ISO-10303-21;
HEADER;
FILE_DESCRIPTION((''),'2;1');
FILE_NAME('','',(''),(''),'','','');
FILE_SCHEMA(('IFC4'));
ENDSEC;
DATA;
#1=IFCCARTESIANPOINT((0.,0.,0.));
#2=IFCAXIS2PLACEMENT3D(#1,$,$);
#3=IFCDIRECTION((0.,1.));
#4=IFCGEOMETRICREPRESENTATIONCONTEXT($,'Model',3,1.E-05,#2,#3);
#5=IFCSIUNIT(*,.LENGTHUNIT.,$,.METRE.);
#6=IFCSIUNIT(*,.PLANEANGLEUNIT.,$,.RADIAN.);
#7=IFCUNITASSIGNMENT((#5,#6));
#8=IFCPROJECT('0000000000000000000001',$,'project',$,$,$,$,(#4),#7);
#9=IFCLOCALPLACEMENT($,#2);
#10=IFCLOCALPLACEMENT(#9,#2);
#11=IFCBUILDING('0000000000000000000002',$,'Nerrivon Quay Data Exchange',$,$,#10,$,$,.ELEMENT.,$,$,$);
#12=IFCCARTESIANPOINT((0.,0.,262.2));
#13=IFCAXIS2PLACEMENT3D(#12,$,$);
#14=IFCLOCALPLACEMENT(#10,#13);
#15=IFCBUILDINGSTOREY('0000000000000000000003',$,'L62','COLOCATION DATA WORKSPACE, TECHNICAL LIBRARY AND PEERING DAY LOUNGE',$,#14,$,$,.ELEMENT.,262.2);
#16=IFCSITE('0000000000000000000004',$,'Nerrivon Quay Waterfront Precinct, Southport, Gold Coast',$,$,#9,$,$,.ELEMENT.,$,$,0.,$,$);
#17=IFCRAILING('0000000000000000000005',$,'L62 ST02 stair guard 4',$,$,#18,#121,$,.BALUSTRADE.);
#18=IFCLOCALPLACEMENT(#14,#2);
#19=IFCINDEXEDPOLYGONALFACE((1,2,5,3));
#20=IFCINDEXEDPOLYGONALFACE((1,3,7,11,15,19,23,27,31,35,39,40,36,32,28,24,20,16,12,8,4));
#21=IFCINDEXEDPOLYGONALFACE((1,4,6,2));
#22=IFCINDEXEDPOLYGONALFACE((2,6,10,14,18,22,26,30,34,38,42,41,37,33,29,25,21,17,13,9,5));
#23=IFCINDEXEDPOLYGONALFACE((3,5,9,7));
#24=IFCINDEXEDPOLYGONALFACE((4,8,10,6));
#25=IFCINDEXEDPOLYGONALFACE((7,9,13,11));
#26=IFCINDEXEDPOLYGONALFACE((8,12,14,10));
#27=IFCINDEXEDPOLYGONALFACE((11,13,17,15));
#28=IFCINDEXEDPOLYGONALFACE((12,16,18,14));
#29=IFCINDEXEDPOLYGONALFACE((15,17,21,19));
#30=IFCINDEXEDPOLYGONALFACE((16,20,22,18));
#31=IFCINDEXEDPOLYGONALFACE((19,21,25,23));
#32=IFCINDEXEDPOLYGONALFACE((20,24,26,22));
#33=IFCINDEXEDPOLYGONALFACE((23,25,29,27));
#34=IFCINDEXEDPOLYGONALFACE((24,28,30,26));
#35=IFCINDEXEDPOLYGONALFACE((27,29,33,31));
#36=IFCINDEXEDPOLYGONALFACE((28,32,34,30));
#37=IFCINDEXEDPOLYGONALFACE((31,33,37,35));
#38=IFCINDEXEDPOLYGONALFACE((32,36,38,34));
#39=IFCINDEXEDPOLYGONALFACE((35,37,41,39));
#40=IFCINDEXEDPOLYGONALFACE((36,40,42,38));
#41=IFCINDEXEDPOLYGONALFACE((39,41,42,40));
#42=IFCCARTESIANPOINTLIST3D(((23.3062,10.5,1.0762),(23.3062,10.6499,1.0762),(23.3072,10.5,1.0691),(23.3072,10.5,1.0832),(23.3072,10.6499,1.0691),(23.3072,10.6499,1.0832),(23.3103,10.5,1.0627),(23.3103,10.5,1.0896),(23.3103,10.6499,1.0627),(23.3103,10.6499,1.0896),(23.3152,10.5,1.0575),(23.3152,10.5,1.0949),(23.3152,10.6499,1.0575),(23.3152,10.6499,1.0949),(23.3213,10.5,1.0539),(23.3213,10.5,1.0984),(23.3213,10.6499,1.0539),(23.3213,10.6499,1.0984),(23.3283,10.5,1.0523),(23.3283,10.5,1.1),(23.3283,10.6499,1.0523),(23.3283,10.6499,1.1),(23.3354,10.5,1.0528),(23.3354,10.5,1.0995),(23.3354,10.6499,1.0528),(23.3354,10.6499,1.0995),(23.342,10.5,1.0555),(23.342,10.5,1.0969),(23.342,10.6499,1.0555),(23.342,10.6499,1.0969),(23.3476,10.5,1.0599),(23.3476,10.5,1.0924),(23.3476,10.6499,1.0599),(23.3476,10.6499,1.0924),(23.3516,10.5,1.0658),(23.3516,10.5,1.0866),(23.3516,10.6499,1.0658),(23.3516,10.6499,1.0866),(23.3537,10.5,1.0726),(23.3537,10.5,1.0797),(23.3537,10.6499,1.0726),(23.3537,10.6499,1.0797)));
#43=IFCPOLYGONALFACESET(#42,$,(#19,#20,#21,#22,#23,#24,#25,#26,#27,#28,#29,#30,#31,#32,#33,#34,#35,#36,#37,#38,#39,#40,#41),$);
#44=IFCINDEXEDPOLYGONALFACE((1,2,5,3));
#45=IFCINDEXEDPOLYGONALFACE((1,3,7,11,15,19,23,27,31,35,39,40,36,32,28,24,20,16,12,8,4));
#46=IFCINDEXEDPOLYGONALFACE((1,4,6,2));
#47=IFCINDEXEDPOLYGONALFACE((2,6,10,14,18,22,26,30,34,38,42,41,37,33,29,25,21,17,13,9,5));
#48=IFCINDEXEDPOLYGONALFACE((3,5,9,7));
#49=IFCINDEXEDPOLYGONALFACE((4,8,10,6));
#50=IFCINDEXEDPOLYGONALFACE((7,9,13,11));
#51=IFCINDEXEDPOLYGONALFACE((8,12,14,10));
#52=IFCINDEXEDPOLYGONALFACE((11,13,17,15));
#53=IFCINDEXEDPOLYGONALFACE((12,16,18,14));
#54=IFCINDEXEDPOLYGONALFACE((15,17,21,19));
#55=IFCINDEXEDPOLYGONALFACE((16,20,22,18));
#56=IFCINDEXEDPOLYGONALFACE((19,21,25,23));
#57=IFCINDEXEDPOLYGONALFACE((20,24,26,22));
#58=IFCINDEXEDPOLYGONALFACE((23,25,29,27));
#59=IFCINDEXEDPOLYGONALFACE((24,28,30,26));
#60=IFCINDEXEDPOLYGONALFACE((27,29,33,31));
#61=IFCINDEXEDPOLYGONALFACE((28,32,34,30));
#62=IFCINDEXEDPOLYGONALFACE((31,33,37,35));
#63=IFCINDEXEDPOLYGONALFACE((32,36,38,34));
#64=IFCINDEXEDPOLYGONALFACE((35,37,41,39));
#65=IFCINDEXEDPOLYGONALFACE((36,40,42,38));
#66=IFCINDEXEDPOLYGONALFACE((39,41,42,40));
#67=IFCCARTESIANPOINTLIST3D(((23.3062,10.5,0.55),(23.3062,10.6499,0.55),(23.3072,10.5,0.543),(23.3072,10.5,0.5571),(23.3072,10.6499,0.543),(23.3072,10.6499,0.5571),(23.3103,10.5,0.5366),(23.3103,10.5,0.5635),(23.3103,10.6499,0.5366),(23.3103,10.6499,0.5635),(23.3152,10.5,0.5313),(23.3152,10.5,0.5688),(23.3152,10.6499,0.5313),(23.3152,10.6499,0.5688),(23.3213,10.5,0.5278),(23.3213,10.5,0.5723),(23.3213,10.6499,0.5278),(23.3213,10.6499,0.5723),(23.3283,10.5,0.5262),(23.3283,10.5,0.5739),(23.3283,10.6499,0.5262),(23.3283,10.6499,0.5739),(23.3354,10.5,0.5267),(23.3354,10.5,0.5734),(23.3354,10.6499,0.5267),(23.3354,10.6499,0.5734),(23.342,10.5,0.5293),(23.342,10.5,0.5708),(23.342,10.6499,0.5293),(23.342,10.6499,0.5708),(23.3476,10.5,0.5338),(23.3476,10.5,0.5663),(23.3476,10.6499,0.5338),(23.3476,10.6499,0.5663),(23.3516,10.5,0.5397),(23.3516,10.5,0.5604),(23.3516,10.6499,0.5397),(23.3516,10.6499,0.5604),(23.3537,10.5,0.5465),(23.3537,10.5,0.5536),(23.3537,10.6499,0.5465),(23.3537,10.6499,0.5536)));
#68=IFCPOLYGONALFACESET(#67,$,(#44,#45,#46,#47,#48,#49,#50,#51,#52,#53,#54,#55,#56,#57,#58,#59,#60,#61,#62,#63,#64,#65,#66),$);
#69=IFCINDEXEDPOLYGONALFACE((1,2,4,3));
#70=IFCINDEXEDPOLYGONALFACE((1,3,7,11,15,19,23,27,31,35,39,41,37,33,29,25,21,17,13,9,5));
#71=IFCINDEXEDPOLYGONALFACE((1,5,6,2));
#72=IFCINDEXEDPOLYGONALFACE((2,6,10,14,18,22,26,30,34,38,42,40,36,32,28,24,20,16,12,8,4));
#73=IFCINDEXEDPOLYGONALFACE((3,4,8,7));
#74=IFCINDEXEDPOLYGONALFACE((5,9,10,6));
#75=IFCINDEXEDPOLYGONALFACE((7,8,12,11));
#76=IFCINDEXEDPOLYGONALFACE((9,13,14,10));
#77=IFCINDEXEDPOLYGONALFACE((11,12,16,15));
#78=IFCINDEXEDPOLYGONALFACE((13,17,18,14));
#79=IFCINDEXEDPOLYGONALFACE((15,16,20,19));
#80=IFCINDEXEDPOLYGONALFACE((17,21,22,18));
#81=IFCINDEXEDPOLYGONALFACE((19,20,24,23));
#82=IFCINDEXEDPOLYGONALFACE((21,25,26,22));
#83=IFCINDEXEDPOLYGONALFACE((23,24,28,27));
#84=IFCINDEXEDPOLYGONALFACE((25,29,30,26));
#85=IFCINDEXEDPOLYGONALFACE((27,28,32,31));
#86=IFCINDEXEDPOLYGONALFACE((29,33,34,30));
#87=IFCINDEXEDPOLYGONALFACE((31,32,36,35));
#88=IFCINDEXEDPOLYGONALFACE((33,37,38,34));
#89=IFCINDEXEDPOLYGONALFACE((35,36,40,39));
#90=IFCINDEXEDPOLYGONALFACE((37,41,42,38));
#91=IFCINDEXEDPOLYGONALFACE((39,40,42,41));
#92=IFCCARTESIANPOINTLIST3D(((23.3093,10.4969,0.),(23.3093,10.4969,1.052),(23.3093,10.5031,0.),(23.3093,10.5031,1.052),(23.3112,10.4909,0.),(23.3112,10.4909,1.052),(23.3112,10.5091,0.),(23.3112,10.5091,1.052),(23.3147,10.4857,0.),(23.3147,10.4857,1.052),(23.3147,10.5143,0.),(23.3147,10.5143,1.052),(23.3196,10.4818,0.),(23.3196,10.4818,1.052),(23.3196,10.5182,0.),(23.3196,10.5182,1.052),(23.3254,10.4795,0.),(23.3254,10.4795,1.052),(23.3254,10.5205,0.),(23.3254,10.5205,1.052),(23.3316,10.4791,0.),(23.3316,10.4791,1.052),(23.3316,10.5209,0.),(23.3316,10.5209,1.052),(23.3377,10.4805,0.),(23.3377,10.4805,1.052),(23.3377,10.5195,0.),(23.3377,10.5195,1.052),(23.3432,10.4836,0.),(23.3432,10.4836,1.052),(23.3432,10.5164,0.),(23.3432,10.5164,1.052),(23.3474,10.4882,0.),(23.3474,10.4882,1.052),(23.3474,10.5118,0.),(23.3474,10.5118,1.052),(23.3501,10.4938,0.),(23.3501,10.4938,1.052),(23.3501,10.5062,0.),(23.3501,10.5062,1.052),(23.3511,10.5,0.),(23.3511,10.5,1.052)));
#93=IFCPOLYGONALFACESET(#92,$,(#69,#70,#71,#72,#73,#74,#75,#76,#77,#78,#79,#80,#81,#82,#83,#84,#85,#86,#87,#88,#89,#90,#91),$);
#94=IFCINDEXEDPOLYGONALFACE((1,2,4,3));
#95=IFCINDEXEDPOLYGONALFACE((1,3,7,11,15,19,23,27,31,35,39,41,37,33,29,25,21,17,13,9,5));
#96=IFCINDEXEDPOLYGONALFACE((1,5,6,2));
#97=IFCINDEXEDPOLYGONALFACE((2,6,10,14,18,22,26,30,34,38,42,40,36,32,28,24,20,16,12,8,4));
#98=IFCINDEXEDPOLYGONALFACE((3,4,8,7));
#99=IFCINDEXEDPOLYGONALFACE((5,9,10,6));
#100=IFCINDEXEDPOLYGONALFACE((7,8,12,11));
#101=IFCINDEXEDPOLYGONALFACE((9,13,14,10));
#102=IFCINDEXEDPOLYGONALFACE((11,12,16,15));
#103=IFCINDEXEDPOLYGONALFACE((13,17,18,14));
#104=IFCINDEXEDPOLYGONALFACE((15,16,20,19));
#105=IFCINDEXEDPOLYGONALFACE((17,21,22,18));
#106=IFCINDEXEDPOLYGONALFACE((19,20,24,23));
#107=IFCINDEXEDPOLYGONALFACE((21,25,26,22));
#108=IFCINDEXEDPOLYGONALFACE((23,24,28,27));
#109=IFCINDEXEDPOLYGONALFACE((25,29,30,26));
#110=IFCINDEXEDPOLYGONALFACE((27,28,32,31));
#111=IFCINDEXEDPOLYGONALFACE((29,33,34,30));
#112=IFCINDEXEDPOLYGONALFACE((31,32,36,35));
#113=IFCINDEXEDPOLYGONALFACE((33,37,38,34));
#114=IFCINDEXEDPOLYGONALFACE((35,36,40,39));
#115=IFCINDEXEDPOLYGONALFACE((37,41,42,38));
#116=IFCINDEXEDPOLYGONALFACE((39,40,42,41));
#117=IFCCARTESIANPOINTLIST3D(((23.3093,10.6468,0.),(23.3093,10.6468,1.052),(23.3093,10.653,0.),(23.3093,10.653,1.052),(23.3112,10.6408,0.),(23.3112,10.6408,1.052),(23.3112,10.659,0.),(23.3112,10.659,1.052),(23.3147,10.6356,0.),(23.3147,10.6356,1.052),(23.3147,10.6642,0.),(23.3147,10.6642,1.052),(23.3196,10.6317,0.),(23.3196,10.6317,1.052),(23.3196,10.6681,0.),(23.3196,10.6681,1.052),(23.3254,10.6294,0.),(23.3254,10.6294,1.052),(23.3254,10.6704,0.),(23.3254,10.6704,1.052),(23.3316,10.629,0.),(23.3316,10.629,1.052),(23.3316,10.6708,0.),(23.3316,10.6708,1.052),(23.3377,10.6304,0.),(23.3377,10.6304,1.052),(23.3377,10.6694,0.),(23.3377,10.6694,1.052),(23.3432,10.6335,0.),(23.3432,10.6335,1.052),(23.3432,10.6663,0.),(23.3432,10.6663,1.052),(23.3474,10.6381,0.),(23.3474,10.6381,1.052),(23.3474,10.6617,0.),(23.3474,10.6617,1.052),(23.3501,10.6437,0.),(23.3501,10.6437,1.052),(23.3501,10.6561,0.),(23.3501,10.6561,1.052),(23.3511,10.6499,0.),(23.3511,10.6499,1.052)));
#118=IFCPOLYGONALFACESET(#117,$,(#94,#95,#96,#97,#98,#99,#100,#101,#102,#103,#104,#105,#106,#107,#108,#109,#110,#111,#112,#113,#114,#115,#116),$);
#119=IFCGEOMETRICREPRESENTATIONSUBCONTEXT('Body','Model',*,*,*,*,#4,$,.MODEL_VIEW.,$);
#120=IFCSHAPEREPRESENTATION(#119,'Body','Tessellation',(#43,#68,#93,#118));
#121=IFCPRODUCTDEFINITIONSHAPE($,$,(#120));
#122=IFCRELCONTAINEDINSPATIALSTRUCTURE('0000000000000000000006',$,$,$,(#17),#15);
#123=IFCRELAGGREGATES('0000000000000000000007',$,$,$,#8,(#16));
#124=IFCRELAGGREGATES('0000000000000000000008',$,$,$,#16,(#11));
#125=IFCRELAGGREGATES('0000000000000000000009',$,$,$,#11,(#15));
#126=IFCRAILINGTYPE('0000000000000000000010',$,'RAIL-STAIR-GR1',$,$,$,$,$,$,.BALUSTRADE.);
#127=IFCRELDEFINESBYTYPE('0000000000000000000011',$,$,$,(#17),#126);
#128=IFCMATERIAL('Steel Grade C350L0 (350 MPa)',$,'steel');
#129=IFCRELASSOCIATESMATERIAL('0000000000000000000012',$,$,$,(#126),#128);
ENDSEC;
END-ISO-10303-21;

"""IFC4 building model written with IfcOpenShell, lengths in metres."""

from ifc_helpers import new_model, si_unit, direction, frame, origin, origin_2d, place, context, subcontext, project, spatial, circle, extrude, material, type_object, element, save


model = new_model("IFC4")

# Units and contexts
model_context = context("Model", 3, precision=1e-05, world=origin(), true_north=direction((0.0, 1.0)))
body_context = subcontext(model_context, "Body", "Model", "MODEL_VIEW")
ifc_project = project(units=[si_unit("LENGTHUNIT", "METRE"), si_unit("PLANEANGLEUNIT", "RADIAN")], contexts=[model_context])

# Site, building, storey
site_placement = place(None, origin())
site = spatial("IfcSite", under=ifc_project, at=site_placement, Name="Nerrivon Quay Waterfront Precinct, Southport, Gold Coast", CompositionType="ELEMENT", RefElevation=0.0)
building_placement = place(site_placement, origin())
building = spatial("IfcBuilding", under=site, at=building_placement, Name="Nerrivon Quay Data Exchange", CompositionType="ELEMENT")
storey_placement = place(building_placement, frame((0.0, 0.0, 262.2)))
storey = spatial("IfcBuildingStorey", under=building, at=storey_placement, Name="L62", Description="COLOCATION DATA WORKSPACE, TECHNICAL LIBRARY AND PEERING DAY LOUNGE", CompositionType="ELEMENT", Elevation=262.2)

# Railing
ifc_material_1 = material(Name="Steel Grade C350L0 (350 MPa)", Category="steel")
railing_type_1 = type_object("IfcRailingType", Name="RAIL-STAIR-GR1", PredefinedType="BALUSTRADE", material=ifc_material_1)
railing_1_placement = place(storey_placement, frame((23.3301, 10.5, 0.0)))
element("IfcRailing", 1, at=railing_1_placement, inside=storey, type_object=railing_type_1, Name="L62 ST02 stair guard 4", PredefinedType="BALUSTRADE", context=body_context, shape_type="SweptSolid", body=[
    extrude(circle(Radius=0.0239, at=origin_2d()), frame((0.0, 0.0, 1.0762), z_axis=(0.0, 1.0, 0.0), x_axis=(-1.0, 0.0, 0.0)), (0.0, 0.0, 1.0), 0.1499),
    extrude(circle(Radius=0.0239, at=origin_2d()), frame((0.0, 0.0, 0.55), z_axis=(0.0, 1.0, 0.0), x_axis=(-1.0, 0.0, 0.0)), (0.0, 0.0, 1.0), 0.1499),
    extrude(circle(Radius=0.021, at=origin_2d()), origin(), (0.0, 0.0, 1.0), 1.052),
    extrude(circle(Radius=0.021, at=origin_2d()), frame((0.0, 0.1499, 0.0)), (0.0, 0.0, 1.0), 1.052),
])

save(model, "model.ifc")
